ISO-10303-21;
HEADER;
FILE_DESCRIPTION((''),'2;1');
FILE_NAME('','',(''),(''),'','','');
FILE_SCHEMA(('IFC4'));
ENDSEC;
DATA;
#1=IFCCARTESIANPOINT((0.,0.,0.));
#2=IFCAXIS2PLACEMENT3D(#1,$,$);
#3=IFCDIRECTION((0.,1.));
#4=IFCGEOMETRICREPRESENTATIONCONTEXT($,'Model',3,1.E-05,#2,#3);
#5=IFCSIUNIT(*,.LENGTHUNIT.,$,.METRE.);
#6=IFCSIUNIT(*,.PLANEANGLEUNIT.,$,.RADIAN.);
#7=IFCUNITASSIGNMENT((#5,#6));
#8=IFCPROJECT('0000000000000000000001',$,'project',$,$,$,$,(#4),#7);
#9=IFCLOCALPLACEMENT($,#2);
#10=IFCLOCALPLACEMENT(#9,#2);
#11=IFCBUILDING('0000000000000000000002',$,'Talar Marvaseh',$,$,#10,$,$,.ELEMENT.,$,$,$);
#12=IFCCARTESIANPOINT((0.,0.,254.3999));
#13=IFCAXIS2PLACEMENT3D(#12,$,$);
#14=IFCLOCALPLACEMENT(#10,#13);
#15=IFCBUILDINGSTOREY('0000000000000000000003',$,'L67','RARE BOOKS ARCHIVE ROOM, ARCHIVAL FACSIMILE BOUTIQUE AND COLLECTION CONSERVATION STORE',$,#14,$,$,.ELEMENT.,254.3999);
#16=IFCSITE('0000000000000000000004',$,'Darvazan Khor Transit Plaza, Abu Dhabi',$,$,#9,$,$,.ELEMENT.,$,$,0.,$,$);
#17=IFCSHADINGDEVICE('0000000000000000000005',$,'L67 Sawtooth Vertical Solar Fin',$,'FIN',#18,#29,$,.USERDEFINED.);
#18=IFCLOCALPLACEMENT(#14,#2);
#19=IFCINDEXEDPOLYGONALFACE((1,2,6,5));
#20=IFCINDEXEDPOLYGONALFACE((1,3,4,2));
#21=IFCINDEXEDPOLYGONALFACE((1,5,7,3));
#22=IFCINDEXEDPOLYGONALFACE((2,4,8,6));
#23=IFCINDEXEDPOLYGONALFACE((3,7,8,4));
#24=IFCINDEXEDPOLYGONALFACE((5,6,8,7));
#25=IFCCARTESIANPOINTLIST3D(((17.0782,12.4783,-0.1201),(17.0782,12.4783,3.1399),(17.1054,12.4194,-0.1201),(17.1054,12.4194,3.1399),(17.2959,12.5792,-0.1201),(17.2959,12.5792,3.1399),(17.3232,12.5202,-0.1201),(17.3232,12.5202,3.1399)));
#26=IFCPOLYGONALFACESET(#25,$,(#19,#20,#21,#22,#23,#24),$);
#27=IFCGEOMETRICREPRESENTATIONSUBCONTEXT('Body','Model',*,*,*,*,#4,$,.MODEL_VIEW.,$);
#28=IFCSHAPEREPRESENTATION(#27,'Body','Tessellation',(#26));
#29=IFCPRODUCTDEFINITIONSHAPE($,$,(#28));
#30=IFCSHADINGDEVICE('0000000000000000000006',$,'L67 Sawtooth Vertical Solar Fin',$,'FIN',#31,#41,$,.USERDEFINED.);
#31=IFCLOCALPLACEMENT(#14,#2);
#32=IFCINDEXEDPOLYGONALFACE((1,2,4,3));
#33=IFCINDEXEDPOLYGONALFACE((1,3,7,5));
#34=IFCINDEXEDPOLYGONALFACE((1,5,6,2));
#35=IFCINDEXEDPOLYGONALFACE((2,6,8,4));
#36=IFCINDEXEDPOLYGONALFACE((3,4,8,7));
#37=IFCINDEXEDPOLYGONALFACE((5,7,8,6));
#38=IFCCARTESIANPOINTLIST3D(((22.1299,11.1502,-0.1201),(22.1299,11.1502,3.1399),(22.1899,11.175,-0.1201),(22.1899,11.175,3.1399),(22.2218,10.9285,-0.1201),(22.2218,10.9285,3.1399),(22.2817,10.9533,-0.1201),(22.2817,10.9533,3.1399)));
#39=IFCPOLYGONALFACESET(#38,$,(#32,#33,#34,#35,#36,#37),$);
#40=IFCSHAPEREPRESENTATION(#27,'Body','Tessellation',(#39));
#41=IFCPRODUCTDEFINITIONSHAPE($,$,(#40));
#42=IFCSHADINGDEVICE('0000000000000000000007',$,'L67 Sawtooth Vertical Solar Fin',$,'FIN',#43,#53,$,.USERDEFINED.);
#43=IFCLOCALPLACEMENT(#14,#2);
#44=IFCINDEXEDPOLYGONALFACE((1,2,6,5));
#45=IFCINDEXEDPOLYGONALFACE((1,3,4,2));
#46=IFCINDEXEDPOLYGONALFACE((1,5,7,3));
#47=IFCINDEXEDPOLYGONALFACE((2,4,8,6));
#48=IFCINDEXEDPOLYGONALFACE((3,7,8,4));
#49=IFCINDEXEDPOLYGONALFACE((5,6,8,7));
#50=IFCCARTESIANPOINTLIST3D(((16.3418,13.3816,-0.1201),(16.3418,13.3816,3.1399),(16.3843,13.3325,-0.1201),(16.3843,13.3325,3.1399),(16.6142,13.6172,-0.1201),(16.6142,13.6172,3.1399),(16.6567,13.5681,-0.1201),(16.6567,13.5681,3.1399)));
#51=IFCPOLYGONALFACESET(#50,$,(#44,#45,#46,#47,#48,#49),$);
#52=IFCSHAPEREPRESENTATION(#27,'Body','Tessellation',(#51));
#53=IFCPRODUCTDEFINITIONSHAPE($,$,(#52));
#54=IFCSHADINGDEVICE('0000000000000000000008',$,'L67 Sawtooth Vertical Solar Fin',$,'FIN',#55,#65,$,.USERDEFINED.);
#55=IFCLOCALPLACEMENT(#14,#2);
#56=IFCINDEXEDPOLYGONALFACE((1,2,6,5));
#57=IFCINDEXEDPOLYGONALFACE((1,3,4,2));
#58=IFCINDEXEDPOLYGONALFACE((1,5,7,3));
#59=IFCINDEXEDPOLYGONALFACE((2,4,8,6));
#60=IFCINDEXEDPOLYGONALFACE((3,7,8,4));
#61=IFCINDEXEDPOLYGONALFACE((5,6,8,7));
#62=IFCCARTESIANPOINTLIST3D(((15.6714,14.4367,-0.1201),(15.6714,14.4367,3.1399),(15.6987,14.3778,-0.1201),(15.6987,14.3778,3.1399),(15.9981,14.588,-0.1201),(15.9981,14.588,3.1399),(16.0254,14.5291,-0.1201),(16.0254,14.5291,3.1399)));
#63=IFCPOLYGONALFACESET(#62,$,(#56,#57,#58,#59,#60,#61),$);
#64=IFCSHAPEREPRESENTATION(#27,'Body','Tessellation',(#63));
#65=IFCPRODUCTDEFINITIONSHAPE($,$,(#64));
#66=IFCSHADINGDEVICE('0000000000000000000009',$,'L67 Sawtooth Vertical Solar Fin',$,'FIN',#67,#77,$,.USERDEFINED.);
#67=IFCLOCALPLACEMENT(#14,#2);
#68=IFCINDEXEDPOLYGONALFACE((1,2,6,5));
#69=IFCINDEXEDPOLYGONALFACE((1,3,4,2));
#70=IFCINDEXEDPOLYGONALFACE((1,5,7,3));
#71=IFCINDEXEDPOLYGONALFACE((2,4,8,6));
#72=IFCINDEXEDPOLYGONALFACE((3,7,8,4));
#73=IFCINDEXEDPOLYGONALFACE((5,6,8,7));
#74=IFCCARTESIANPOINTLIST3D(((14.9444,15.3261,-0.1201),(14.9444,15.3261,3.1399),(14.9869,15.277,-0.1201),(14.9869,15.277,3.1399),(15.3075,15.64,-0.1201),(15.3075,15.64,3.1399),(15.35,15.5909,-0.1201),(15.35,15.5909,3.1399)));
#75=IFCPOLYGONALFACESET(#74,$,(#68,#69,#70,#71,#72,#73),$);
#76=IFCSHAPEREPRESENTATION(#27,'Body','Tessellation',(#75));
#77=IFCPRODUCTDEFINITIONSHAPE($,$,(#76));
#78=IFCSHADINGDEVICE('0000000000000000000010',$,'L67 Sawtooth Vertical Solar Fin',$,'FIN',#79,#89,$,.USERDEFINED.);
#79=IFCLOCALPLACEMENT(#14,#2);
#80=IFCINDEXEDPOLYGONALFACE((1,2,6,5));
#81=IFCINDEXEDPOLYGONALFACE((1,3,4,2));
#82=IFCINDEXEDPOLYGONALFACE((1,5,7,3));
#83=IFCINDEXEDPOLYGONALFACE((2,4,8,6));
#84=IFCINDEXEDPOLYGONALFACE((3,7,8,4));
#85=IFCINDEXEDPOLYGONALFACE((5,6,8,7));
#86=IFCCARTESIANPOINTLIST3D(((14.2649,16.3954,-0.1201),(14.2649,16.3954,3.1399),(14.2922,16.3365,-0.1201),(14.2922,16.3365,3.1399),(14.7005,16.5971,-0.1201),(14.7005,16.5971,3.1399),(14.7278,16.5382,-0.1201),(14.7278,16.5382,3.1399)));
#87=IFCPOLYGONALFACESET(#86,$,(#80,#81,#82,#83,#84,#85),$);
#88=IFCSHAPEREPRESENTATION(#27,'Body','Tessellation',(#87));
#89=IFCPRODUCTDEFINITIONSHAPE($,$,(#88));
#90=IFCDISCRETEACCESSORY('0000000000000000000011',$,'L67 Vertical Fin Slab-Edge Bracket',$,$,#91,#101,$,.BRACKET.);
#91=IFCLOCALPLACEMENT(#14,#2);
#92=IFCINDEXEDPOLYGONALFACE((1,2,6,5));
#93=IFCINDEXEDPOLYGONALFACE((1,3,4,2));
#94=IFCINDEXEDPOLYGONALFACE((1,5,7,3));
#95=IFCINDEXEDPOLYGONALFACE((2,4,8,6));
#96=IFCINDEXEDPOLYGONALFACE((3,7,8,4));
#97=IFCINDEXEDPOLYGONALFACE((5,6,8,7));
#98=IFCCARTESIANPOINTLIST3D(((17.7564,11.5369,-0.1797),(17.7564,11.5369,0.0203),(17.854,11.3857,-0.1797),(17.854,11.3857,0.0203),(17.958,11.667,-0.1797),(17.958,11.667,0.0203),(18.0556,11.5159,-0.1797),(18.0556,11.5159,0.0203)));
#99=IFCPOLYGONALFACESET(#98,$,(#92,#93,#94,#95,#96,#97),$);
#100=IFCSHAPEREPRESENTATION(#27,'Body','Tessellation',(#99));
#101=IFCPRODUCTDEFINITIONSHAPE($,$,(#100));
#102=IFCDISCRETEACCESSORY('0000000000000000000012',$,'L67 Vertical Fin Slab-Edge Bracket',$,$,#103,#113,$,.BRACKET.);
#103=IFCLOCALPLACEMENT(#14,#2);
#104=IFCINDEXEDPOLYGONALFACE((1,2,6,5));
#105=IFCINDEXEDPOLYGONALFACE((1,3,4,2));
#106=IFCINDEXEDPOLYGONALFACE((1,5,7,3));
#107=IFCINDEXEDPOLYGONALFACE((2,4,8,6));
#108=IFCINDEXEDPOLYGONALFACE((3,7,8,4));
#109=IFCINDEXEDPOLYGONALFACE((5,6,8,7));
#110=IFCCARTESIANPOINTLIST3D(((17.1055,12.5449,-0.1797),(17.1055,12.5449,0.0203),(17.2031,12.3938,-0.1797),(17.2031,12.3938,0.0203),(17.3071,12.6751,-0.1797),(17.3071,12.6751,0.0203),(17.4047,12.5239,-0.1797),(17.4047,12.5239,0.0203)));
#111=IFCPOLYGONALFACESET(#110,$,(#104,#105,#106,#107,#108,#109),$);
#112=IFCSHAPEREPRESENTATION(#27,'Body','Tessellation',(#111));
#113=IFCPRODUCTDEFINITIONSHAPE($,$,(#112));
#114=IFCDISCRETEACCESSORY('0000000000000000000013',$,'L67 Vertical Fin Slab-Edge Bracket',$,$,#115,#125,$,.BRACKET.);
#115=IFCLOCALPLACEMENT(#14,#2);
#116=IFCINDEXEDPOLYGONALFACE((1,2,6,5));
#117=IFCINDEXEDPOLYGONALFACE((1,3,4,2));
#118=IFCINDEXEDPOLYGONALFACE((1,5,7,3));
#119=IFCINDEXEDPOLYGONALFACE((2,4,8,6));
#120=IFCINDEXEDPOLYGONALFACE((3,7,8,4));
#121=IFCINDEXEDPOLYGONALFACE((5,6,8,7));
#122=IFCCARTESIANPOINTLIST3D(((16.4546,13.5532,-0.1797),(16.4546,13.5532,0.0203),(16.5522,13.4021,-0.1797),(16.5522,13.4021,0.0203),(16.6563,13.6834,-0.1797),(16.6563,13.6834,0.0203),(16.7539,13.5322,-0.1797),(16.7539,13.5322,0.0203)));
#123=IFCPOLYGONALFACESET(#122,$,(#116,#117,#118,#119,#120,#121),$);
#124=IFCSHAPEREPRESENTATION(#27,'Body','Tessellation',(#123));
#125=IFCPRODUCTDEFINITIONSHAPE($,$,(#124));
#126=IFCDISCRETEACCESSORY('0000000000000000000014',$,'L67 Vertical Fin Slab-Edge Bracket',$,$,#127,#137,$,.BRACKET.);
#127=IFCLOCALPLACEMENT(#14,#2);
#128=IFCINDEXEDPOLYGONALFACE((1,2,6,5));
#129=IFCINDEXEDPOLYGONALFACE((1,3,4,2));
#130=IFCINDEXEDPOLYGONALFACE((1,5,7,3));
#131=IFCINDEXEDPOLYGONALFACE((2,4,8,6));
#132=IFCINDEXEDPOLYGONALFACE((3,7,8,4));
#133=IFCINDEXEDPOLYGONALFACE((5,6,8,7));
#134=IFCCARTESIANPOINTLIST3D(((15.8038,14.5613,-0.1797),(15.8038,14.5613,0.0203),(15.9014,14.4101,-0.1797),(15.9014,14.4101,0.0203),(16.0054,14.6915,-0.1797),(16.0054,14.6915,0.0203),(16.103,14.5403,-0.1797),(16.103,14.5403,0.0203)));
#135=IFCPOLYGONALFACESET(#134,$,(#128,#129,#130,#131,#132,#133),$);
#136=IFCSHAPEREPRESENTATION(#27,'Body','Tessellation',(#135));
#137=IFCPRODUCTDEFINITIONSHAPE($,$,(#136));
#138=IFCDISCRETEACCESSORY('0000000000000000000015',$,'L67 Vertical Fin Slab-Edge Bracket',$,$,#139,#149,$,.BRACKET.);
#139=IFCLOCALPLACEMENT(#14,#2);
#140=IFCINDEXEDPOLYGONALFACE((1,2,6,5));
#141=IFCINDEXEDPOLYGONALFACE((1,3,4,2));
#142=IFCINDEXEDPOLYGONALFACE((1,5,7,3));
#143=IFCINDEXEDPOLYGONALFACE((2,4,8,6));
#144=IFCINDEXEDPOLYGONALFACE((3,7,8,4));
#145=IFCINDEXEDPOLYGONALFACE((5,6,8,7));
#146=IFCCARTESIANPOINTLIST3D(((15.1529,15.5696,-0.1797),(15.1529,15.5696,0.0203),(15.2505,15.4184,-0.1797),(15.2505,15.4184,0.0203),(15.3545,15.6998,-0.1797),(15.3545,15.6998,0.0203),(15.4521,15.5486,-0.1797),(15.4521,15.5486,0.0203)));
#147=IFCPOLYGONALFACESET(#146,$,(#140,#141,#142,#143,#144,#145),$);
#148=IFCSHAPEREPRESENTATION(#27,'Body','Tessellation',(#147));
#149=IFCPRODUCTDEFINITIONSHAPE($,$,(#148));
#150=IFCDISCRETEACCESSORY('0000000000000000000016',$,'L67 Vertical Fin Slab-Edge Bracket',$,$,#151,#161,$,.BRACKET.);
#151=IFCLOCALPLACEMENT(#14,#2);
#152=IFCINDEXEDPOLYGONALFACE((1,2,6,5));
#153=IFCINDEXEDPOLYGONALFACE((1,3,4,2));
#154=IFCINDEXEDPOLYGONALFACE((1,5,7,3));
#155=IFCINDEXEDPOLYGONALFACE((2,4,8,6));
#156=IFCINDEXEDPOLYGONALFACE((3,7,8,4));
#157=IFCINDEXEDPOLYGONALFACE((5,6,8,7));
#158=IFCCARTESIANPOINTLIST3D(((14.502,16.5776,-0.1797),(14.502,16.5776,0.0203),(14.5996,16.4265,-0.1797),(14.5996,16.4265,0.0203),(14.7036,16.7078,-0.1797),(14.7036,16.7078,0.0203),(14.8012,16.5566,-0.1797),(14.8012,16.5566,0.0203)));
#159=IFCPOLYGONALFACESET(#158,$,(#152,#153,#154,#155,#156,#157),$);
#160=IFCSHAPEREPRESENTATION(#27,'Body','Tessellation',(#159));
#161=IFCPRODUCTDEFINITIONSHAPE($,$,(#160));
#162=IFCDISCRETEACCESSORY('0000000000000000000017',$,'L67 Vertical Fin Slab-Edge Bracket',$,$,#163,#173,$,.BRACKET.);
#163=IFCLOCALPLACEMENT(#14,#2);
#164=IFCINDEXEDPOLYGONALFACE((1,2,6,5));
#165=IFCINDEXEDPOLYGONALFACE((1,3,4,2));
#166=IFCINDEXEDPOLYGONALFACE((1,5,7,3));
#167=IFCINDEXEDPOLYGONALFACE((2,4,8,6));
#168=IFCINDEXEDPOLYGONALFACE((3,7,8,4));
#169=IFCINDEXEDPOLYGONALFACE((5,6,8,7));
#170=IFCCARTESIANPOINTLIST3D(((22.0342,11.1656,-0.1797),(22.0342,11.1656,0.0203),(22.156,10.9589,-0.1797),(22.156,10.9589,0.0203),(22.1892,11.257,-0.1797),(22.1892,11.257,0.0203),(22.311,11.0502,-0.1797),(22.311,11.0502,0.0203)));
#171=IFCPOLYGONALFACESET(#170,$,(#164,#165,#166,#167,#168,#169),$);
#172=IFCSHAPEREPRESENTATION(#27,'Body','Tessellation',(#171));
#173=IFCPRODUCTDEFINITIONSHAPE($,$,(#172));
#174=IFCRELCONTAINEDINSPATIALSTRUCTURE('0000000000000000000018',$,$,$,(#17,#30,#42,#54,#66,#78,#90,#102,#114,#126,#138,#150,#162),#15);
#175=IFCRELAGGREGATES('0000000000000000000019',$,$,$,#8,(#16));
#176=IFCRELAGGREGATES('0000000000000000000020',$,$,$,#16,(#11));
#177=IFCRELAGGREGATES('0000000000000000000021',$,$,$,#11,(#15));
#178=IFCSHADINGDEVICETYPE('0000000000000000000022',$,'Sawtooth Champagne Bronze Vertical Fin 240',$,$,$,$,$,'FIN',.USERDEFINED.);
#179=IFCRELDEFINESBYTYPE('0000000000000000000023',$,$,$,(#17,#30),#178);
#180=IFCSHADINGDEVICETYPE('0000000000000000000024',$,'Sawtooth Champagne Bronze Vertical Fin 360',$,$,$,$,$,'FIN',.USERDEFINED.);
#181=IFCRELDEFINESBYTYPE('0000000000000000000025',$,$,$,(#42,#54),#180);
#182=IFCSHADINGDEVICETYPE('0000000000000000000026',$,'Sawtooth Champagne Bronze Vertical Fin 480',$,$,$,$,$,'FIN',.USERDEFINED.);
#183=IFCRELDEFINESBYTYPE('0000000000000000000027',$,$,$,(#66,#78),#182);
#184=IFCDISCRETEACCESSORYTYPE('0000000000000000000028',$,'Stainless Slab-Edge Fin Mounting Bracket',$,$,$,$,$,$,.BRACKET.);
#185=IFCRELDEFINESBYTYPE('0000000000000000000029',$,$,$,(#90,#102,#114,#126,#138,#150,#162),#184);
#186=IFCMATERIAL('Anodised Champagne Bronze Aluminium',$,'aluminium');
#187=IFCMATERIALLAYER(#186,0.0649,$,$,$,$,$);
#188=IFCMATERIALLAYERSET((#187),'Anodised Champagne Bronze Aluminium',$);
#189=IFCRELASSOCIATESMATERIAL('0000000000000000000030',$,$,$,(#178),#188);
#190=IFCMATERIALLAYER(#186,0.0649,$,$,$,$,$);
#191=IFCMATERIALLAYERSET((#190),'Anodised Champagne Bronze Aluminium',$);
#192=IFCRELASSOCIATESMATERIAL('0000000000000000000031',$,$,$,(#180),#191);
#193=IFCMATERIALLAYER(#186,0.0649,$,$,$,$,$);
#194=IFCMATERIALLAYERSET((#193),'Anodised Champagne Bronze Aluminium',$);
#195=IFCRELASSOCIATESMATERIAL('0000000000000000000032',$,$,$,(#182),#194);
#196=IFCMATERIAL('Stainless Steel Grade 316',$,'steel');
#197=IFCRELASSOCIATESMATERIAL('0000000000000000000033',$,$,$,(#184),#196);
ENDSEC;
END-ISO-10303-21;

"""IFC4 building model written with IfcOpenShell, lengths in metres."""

from ifc_helpers import new_model, si_unit, direction, frame, origin, origin_2d, place, context, subcontext, project, spatial, rectangle, extrude, source, transform, mapped, material, layer, layer_set, type_object, type_shapes, element, save


model = new_model("IFC4")

# Units and contexts
model_context = context("Model", 3, precision=1e-05, world=origin(), true_north=direction((0.0, 1.0)))
body_context = subcontext(model_context, "Body", "Model", "MODEL_VIEW")
ifc_project = project(units=[si_unit("LENGTHUNIT", "METRE"), si_unit("PLANEANGLEUNIT", "RADIAN")], contexts=[model_context])

# Site, building, storey
site_placement = place(None, origin())
site = spatial("IfcSite", under=ifc_project, at=site_placement, Name="Darvazan Khor Transit Plaza, Abu Dhabi", CompositionType="ELEMENT", RefElevation=0.0)
building_placement = place(site_placement, origin())
building = spatial("IfcBuilding", under=site, at=building_placement, Name="Talar Marvaseh", CompositionType="ELEMENT")
storey_placement = place(building_placement, frame((0.0, 0.0, 254.3999)))
storey = spatial("IfcBuildingStorey", under=building, at=storey_placement, Name="L67", Description="RARE BOOKS ARCHIVE ROOM, ARCHIVAL FACSIMILE BOUTIQUE AND COLLECTION CONSERVATION STORE", CompositionType="ELEMENT", Elevation=254.3999)

# Shading devices
ifc_material_1 = material(Name="Anodised Champagne Bronze Aluminium", Category="aluminium")
ifc_layer_1 = layer(ifc_material_1, 0.0649)
ifc_layer_set_1 = layer_set([ifc_layer_1], Name="Anodised Champagne Bronze Aluminium")
shading_device_type_1 = type_object("IfcShadingDeviceType", Name="Sawtooth Champagne Bronze Vertical Fin 240", ElementType="FIN", PredefinedType="USERDEFINED", material=ifc_layer_set_1)
shared_shape_1 = source(origin(), body_context, "Body", "SweptSolid", [
    extrude(rectangle(XDim=0.24, YDim=0.0649, at=origin_2d()), origin(), (0.0, 0.0, 1.0), 3.26),
])
type_shapes(shading_device_type_1, [shared_shape_1])
for number, where, z_axis, x_axis, name in (
    (1, (17.2007, 12.4993, -0.1201), (0.0, 0.0, 1.0), (-0.907411, -0.420244, 0.0), "L67 Sawtooth Vertical Solar Fin"),
    (2, (22.2058, 11.0518, -0.1201), (0.0, 0.0, 1.0), (0.382845, -0.923813, 0.0), "L67 Sawtooth Vertical Solar Fin"),
):
    element("IfcShadingDevice", number, at=place(storey_placement, frame(where, z_axis=z_axis, x_axis=x_axis)), inside=storey, type_object=shading_device_type_1, Name=name, ObjectType="FIN", PredefinedType="USERDEFINED", context=body_context, shape_type="MappedRepresentation", body=[
        mapped(shared_shape_1, transform((0.0, 0.0, 0.0), x_axis=(1.0, 0.0, 0.0), y_axis=(0.0, 1.0, 0.0), z_axis=(0.0, 0.0, 1.0), scale=1.0)),
    ])
ifc_layer_2 = layer(ifc_material_1, 0.0649)
ifc_layer_set_2 = layer_set([ifc_layer_2], Name="Anodised Champagne Bronze Aluminium")
shading_device_type_2 = type_object("IfcShadingDeviceType", Name="Sawtooth Champagne Bronze Vertical Fin 360", ElementType="FIN", PredefinedType="USERDEFINED", material=ifc_layer_set_2)
shared_shape_2 = source(origin(), body_context, "Body", "SweptSolid", [
    extrude(rectangle(XDim=0.3601, YDim=0.0649, at=origin_2d()), origin(), (0.0, 0.0, 1.0), 3.26),
])
type_shapes(shading_device_type_2, [shared_shape_2])
for number, where, z_axis, x_axis, name in (
    (3, (16.4993, 13.4749, -0.1201), (0.0, 0.0, 1.0), (-0.756425, -0.654081, 0.0), "L67 Sawtooth Vertical Solar Fin"),
    (4, (15.8484, 14.4829, -0.1201), (0.0, 0.0, 1.0), (-0.907411, -0.420244, 0.0), "L67 Sawtooth Vertical Solar Fin"),
):
    element("IfcShadingDevice", number, at=place(storey_placement, frame(where, z_axis=z_axis, x_axis=x_axis)), inside=storey, type_object=shading_device_type_2, Name=name, ObjectType="FIN", PredefinedType="USERDEFINED", context=body_context, shape_type="MappedRepresentation", body=[
        mapped(shared_shape_2, transform((0.0, 0.0, 0.0), x_axis=(1.0, 0.0, 0.0), y_axis=(0.0, 1.0, 0.0), z_axis=(0.0, 0.0, 1.0), scale=1.0)),
    ])
ifc_layer_3 = layer(ifc_material_1, 0.0649)
ifc_layer_set_3 = layer_set([ifc_layer_3], Name="Anodised Champagne Bronze Aluminium")
shading_device_type_3 = type_object("IfcShadingDeviceType", Name="Sawtooth Champagne Bronze Vertical Fin 480", ElementType="FIN", PredefinedType="USERDEFINED", material=ifc_layer_set_3)
shared_shape_3 = source(origin(), body_context, "Body", "SweptSolid", [
    extrude(rectangle(XDim=0.48, YDim=0.0649, at=origin_2d()), origin(), (0.0, 0.0, 1.0), 3.26),
])
type_shapes(shading_device_type_3, [shared_shape_3])
for number, where, z_axis, x_axis, name in (
    (5, (15.1472, 15.4585, -0.1201), (0.0, 0.0, 1.0), (-0.756425, -0.654081, 0.0), "L67 Sawtooth Vertical Solar Fin"),
    (6, (14.4963, 16.4668, -0.1201), (0.0, 0.0, 1.0), (-0.907411, -0.420244, 0.0), "L67 Sawtooth Vertical Solar Fin"),
):
    element("IfcShadingDevice", number, at=place(storey_placement, frame(where, z_axis=z_axis, x_axis=x_axis)), inside=storey, type_object=shading_device_type_3, Name=name, ObjectType="FIN", PredefinedType="USERDEFINED", context=body_context, shape_type="MappedRepresentation", body=[
        mapped(shared_shape_3, transform((0.0, 0.0, 0.0), x_axis=(1.0, 0.0, 0.0), y_axis=(0.0, 1.0, 0.0), z_axis=(0.0, 0.0, 1.0), scale=1.0)),
    ])

# Discrete accessories
ifc_material_2 = material(Name="Stainless Steel Grade 316", Category="steel")
discrete_accessory_type = type_object("IfcDiscreteAccessoryType", Name="Stainless Slab-Edge Fin Mounting Bracket", PredefinedType="BRACKET", material=ifc_material_2)
shared_shape_4 = source(origin(), body_context, "Body", "SweptSolid", [
    extrude(rectangle(XDim=0.24, YDim=0.1799, at=origin_2d()), origin(), (0.0, 0.0, 1.0), 0.2),
])
type_shapes(discrete_accessory_type, [shared_shape_4])
for number, where, z_axis, x_axis, name in (
    (7, (17.906, 11.5264, -0.1797), (0.0, 0.0, 1.0), (-0.840094, -0.542442, 0.0), "L67 Vertical Fin Slab-Edge Bracket"),
    (8, (17.2551, 12.5344, -0.1797), (0.0, 0.0, 1.0), (-0.840094, -0.542442, 0.0), "L67 Vertical Fin Slab-Edge Bracket"),
    (9, (16.6042, 13.5427, -0.1797), (0.0, 0.0, 1.0), (-0.840094, -0.542442, 0.0), "L67 Vertical Fin Slab-Edge Bracket"),
    (10, (15.9534, 14.5508, -0.1797), (0.0, 0.0, 1.0), (-0.840094, -0.542442, 0.0), "L67 Vertical Fin Slab-Edge Bracket"),
    (11, (15.3025, 15.5591, -0.1797), (0.0, 0.0, 1.0), (-0.840094, -0.542442, 0.0), "L67 Vertical Fin Slab-Edge Bracket"),
    (12, (14.6516, 16.5671, -0.1797), (0.0, 0.0, 1.0), (-0.840094, -0.542442, 0.0), "L67 Vertical Fin Slab-Edge Bracket"),
    (13, (22.1726, 11.1079, -0.1797), (0.0, 0.0, 1.0), (0.507689, -0.861541, 0.0), "L67 Vertical Fin Slab-Edge Bracket"),
):
    element("IfcDiscreteAccessory", number, at=place(storey_placement, frame(where, z_axis=z_axis, x_axis=x_axis)), inside=storey, type_object=discrete_accessory_type, Name=name, PredefinedType="BRACKET", context=body_context, shape_type="MappedRepresentation", body=[
        mapped(shared_shape_4, transform((0.0, 0.0, 0.0), x_axis=(1.0, 0.0, 0.0), y_axis=(0.0, 1.0, 0.0), z_axis=(0.0, 0.0, 1.0), scale=1.0)),
    ])

save(model, "model.ifc")
